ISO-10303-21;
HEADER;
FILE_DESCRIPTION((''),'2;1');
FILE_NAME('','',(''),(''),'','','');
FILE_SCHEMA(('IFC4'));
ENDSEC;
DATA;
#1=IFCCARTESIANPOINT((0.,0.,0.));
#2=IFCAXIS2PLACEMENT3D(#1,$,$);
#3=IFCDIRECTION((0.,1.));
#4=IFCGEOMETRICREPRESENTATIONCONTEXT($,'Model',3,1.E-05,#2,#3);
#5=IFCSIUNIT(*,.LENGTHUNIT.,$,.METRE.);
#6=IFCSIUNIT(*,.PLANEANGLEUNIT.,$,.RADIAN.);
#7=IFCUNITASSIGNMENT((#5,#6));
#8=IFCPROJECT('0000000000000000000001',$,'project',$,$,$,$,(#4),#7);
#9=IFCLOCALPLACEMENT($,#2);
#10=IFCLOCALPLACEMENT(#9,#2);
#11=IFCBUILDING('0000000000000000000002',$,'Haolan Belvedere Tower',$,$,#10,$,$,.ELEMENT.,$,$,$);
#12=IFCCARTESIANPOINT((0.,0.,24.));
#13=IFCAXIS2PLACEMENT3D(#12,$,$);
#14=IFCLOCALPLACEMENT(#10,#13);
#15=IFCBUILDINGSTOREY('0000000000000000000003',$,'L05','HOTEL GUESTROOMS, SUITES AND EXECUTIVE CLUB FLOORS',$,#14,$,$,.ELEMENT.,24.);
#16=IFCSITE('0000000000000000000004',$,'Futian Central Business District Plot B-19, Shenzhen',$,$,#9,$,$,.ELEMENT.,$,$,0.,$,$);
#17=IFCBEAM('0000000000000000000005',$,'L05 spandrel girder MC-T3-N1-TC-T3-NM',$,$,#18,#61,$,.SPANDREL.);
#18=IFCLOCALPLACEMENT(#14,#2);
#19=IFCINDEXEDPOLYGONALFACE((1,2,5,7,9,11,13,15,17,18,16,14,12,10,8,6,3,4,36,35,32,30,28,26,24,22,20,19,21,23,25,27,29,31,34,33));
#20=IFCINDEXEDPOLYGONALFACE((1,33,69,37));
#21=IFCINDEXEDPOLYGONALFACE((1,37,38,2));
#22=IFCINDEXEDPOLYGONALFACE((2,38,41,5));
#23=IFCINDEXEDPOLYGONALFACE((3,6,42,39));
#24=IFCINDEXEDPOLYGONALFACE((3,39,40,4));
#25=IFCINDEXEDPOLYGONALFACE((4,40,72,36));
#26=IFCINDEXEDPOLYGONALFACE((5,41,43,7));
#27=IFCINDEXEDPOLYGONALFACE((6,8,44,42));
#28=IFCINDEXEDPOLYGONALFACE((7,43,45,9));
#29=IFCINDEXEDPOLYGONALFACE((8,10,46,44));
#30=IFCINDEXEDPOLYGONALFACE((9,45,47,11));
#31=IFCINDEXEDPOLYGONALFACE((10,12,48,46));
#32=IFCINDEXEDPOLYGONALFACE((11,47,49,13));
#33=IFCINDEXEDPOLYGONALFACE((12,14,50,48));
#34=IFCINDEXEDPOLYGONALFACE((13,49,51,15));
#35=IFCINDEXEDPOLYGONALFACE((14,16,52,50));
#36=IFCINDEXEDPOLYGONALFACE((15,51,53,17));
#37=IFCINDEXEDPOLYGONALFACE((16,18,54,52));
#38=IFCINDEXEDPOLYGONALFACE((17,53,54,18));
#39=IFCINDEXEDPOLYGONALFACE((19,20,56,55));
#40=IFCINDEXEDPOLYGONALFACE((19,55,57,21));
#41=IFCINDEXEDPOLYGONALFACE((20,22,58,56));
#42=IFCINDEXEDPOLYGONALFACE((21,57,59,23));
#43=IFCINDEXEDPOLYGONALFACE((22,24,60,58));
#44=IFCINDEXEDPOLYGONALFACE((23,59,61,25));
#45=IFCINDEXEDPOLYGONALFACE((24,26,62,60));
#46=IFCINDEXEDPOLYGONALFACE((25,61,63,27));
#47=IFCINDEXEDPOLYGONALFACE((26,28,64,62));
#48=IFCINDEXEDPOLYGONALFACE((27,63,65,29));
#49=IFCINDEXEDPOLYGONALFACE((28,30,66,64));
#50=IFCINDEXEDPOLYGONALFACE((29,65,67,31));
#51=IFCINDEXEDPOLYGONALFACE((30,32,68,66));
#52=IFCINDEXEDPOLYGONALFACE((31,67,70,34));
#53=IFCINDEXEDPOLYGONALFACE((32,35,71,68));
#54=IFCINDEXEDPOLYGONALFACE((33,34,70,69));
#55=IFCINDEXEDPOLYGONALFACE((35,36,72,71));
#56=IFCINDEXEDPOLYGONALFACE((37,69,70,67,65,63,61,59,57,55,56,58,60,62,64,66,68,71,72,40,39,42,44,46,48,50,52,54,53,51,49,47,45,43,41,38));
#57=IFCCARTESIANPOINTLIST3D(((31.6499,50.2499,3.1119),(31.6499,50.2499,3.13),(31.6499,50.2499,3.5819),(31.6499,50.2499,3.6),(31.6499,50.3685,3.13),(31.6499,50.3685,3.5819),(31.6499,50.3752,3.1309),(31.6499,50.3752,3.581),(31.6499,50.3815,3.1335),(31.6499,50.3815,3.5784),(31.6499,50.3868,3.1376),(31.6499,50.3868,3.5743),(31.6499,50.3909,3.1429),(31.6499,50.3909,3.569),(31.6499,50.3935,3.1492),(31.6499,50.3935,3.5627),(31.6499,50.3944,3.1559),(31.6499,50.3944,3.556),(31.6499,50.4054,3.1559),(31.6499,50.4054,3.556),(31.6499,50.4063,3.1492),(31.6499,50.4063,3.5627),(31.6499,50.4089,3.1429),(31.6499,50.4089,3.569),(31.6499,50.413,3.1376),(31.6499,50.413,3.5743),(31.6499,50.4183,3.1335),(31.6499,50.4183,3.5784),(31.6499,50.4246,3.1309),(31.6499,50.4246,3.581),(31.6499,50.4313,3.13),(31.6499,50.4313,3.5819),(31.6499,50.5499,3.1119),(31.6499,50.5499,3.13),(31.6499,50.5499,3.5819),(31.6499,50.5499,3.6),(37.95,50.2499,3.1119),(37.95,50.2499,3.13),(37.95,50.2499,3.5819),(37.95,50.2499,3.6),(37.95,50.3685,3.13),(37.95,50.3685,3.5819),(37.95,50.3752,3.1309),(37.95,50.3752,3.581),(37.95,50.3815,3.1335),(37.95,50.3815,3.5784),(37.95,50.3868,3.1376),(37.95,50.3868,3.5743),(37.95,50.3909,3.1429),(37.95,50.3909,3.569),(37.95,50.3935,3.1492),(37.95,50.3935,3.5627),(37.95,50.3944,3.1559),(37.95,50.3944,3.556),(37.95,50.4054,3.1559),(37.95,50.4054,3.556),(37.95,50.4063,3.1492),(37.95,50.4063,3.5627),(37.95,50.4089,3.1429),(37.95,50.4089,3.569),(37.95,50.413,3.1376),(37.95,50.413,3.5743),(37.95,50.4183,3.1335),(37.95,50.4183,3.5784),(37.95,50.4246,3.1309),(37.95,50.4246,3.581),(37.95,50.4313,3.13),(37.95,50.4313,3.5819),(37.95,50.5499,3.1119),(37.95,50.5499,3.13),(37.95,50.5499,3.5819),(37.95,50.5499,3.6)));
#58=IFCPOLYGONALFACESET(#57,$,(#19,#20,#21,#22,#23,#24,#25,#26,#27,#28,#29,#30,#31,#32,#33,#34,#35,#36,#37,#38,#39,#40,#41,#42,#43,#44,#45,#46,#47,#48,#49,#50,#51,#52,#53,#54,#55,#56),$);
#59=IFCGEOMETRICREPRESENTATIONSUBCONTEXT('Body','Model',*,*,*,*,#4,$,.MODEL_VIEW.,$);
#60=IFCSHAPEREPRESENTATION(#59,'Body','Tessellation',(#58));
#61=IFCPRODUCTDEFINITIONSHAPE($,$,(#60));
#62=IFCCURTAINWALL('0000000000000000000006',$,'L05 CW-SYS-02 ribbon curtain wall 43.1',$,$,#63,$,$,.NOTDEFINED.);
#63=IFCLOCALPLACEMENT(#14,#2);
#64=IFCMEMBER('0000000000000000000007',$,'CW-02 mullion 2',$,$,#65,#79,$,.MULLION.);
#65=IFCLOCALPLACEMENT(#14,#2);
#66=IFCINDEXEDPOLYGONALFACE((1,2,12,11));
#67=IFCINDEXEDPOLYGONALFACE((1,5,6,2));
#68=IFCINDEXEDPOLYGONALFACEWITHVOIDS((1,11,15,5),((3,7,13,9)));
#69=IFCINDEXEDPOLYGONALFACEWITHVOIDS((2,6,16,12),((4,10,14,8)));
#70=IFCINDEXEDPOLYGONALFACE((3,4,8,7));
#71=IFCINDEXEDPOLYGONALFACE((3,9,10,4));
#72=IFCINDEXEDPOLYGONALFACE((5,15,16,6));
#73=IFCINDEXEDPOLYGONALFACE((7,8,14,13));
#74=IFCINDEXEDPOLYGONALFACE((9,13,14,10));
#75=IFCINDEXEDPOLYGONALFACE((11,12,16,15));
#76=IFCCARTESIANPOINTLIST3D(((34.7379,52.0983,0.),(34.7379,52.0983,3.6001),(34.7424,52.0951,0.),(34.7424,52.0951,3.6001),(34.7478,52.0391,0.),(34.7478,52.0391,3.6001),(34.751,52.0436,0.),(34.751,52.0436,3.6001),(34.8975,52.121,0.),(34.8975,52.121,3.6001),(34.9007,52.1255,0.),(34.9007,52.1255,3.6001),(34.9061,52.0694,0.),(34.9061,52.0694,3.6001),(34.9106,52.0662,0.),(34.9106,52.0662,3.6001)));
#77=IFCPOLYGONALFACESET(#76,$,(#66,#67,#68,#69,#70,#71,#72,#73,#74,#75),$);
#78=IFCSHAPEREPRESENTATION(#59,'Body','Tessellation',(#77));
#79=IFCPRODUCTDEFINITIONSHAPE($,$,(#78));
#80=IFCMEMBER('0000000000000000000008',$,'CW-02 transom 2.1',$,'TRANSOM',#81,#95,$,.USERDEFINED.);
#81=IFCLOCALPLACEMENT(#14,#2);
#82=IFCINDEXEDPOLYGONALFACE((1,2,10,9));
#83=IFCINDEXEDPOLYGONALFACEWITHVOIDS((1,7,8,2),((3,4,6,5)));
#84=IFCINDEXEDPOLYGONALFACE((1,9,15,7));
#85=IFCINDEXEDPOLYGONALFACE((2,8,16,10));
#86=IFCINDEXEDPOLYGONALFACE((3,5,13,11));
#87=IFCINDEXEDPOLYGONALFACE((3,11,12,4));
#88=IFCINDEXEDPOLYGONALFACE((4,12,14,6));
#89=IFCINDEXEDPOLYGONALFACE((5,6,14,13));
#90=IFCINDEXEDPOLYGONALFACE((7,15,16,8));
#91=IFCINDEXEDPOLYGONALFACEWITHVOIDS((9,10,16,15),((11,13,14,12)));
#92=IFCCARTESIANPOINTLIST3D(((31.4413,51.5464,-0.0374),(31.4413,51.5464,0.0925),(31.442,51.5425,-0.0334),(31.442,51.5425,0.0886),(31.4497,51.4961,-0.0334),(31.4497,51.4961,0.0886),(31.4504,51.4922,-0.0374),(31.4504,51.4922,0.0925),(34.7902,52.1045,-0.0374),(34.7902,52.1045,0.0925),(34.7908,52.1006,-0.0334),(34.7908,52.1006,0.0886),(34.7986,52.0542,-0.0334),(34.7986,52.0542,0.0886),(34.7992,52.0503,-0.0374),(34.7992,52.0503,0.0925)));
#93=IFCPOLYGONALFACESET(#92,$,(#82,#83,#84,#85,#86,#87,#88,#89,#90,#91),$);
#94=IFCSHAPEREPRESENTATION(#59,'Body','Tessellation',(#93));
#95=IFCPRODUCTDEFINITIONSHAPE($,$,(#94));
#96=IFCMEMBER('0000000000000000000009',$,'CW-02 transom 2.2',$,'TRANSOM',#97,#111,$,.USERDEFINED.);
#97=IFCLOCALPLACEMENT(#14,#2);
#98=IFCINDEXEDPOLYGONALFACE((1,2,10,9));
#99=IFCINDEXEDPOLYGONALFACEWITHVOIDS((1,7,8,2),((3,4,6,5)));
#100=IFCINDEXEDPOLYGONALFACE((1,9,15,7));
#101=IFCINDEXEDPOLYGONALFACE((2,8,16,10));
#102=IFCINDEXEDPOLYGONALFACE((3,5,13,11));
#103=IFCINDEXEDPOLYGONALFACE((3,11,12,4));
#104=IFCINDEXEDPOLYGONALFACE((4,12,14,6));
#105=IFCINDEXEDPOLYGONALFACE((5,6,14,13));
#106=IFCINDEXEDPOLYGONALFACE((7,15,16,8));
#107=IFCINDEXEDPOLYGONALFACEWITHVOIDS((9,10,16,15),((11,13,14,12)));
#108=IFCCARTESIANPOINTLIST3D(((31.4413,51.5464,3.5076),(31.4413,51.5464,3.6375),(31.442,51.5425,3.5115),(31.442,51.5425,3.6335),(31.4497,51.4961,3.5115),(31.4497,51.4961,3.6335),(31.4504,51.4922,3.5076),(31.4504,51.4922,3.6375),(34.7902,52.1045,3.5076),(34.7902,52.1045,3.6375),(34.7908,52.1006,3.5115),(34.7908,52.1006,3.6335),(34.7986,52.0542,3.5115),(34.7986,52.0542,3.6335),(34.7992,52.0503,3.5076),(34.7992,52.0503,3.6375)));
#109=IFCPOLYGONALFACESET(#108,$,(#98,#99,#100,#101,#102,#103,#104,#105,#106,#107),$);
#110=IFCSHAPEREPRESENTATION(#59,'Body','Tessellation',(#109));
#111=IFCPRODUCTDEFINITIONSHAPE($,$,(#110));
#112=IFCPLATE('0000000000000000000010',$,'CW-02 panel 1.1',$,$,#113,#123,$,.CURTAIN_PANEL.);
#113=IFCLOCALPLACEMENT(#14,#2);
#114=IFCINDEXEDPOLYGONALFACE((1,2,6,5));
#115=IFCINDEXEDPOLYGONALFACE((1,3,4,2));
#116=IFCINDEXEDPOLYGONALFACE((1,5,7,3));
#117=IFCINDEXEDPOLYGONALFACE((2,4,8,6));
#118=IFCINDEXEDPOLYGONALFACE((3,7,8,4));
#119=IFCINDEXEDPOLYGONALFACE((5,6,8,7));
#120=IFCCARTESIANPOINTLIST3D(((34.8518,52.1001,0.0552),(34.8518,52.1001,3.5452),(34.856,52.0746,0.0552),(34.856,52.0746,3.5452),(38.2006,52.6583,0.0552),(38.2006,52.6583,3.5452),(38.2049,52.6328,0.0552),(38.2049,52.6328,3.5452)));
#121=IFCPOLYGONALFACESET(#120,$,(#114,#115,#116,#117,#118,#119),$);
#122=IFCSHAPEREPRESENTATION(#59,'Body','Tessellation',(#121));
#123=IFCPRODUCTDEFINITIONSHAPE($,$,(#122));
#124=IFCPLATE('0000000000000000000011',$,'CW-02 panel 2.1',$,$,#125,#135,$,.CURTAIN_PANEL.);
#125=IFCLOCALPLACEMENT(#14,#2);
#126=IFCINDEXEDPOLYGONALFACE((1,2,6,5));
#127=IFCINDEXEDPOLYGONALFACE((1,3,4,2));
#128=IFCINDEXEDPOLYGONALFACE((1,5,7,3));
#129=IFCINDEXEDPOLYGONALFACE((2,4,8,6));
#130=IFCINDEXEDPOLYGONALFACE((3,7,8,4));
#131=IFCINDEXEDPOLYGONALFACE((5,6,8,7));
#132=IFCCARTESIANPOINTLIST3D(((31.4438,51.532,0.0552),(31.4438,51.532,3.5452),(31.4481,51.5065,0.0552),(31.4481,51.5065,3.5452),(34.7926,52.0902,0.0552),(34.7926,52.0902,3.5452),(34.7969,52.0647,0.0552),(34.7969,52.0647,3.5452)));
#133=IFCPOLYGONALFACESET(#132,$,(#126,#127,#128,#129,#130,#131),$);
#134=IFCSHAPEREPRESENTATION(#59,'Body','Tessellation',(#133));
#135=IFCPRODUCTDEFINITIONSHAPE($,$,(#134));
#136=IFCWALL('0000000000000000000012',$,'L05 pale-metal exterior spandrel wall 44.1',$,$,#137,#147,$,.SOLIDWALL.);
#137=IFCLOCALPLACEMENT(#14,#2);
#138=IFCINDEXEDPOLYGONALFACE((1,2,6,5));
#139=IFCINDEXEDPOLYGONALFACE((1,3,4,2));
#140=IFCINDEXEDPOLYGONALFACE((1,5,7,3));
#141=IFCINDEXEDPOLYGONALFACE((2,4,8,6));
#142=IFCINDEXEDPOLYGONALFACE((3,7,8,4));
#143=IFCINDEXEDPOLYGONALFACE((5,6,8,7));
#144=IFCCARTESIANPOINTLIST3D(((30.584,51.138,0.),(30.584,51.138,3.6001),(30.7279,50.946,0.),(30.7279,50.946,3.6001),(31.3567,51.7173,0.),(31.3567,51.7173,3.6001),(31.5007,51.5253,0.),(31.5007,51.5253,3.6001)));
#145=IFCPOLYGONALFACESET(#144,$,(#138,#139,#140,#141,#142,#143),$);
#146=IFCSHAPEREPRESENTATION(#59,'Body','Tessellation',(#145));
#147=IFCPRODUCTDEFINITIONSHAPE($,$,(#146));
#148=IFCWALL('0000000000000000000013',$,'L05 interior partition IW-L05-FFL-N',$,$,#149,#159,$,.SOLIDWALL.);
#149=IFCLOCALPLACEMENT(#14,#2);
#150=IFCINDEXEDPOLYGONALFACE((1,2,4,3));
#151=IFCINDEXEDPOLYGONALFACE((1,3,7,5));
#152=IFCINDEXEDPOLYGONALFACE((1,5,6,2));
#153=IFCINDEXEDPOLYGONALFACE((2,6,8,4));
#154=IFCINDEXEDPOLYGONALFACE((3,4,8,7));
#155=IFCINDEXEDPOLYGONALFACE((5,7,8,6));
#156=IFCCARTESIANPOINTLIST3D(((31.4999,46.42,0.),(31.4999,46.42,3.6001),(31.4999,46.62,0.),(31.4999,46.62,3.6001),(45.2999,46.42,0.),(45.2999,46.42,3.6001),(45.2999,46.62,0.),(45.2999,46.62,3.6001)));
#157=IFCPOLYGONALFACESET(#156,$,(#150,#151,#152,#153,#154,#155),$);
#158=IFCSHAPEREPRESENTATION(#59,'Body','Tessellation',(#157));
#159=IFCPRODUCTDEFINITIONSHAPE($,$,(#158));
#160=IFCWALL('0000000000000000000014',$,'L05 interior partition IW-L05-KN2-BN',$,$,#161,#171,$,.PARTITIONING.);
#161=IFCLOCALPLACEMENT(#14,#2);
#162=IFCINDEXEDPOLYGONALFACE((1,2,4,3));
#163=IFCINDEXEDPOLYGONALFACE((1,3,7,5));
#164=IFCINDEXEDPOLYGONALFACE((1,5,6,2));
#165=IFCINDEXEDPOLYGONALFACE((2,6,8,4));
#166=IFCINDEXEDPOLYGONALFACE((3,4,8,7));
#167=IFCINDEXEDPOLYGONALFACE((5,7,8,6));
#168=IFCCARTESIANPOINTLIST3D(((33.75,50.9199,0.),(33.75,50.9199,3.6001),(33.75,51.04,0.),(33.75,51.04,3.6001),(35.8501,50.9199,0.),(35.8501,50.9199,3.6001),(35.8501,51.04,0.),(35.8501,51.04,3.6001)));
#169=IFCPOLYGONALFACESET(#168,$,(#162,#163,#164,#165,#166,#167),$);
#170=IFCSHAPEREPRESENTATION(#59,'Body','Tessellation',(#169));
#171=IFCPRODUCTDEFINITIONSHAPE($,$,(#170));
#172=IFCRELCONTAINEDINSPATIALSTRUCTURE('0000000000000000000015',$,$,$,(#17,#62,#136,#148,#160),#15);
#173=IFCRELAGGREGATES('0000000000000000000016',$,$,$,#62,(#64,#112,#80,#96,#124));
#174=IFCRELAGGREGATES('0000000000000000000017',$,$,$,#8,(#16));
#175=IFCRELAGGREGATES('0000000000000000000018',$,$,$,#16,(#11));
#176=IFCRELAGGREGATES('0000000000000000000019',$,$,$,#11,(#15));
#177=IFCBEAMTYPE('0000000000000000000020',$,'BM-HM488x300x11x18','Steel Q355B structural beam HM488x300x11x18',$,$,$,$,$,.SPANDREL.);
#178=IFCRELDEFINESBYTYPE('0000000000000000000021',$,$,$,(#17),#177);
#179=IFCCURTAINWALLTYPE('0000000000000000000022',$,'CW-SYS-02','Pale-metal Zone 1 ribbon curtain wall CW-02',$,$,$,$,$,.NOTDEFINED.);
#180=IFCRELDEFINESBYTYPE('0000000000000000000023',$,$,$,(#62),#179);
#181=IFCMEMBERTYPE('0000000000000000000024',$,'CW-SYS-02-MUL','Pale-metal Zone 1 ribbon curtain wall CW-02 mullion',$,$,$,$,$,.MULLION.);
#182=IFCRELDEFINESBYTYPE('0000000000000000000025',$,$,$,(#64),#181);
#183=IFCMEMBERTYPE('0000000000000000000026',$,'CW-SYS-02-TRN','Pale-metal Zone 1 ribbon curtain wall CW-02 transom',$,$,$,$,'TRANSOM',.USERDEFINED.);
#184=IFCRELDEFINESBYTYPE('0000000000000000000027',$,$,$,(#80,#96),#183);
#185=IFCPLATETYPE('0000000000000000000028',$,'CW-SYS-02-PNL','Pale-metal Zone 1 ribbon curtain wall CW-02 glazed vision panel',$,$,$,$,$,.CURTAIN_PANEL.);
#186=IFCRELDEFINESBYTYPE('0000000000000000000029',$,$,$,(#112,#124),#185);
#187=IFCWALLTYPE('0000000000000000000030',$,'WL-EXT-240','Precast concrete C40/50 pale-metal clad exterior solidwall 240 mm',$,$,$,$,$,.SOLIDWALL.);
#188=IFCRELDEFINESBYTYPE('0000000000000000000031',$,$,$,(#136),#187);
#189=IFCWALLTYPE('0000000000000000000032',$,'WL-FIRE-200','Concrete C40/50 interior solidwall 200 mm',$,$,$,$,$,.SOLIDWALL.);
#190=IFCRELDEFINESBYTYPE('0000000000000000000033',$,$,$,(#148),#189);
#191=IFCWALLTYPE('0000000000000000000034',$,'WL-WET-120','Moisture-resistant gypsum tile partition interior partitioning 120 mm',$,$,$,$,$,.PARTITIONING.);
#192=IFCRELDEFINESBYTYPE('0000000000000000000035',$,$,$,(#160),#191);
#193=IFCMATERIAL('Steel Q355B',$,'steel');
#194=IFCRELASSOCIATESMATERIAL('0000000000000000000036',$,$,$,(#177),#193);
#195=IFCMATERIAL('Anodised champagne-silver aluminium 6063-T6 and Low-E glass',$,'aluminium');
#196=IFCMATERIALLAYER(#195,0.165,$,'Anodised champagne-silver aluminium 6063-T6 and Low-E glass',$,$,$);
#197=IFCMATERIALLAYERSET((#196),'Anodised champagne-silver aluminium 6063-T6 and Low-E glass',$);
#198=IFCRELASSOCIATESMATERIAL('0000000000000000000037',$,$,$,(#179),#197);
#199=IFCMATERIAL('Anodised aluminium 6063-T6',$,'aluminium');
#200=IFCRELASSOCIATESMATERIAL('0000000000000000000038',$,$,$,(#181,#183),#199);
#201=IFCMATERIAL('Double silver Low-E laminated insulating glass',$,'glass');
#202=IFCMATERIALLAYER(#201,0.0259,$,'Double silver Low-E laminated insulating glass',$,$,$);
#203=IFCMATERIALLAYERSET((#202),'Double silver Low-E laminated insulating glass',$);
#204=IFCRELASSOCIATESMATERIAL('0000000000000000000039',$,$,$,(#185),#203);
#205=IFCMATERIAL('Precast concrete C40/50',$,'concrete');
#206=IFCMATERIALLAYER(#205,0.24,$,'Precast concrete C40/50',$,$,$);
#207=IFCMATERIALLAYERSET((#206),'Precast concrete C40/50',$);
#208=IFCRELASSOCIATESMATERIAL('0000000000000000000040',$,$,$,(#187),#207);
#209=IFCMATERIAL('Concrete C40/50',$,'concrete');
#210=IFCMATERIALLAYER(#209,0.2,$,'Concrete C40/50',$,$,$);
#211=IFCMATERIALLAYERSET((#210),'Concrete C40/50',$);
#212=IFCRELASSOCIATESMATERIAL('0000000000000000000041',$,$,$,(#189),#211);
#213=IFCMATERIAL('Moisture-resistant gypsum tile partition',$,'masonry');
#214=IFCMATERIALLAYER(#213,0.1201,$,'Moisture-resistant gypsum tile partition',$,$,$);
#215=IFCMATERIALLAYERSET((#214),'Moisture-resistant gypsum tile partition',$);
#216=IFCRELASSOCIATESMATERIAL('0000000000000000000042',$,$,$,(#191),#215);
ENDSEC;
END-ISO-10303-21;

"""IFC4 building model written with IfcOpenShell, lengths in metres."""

from ifc_helpers import new_model, si_unit, direction, frame, frame_2d, origin, origin_2d, place, context, subcontext, project, spatial, rectangle, hollow_rectangle, i_section, extrude, material, layer, layer_set, material_profile, profile_set, type_object, element, aggregate, save


model = new_model("IFC4")

# Units and contexts
model_context = context("Model", 3, precision=1e-05, world=origin(), true_north=direction((0.0, 1.0)))
body_context = subcontext(model_context, "Body", "Model", "MODEL_VIEW")
ifc_project = project(units=[si_unit("LENGTHUNIT", "METRE"), si_unit("PLANEANGLEUNIT", "RADIAN")], contexts=[model_context])

# Site, building, storey
site_placement = place(None, origin())
site = spatial("IfcSite", under=ifc_project, at=site_placement, Name="Futian Central Business District Plot B-19, Shenzhen", CompositionType="ELEMENT", RefElevation=0.0)
building_placement = place(site_placement, origin())
building = spatial("IfcBuilding", under=site, at=building_placement, Name="Haolan Belvedere Tower", CompositionType="ELEMENT")
storey_placement = place(building_placement, frame((0.0, 0.0, 24.0)))
storey = spatial("IfcBuildingStorey", under=building, at=storey_placement, Name="L05", Description="HOTEL GUESTROOMS, SUITES AND EXECUTIVE CLUB FLOORS", CompositionType="ELEMENT", Elevation=24.0)

# Beam
ifc_material_1 = material(Name="Steel Q355B", Category="steel")
ifc_material_profile_1 = material_profile(ifc_material_1, i_section(OverallWidth=0.3, OverallDepth=0.488, WebThickness=0.011, FlangeThickness=0.0181, FilletRadius=0.0259, at=origin_2d()), Name="Steel Q355B")
ifc_profile_set_1 = profile_set([ifc_material_profile_1], Name="Steel Q355B")
beam_type = type_object("IfcBeamType", Name="BM-HM488x300x11x18", Description="Steel Q355B structural beam HM488x300x11x18", PredefinedType="SPANDREL", material=ifc_profile_set_1)
beam_placement = place(storey_placement, frame((31.6499, 50.3999, 3.356), z_axis=(1.0, 0.0, 0.0), x_axis=(0.0, 1.0, 0.0)))
element("IfcBeam", 1, at=beam_placement, inside=storey, type_object=beam_type, Name="L05 spandrel girder MC-T3-N1-TC-T3-NM", PredefinedType="SPANDREL", context=body_context, shape_type="SweptSolid", body=[
    extrude(i_section(OverallWidth=0.3, OverallDepth=0.488, WebThickness=0.011, FlangeThickness=0.0181, FilletRadius=0.0259, at=origin_2d()), origin(), (0.0, 0.0, 1.0), 6.3),
])

# Curtain wall, members, plates
ifc_material_2 = material(Name="Anodised champagne-silver aluminium 6063-T6 and Low-E glass", Category="aluminium")
ifc_layer_1 = layer(ifc_material_2, 0.165, Name="Anodised champagne-silver aluminium 6063-T6 and Low-E glass")
ifc_layer_set_1 = layer_set([ifc_layer_1], Name="Anodised champagne-silver aluminium 6063-T6 and Low-E glass")
curtain_wall_type = type_object("IfcCurtainWallType", Name="CW-SYS-02", Description="Pale-metal Zone 1 ribbon curtain wall CW-02", PredefinedType="NOTDEFINED", material=ifc_layer_set_1)
curtain_wall_placement = place(storey_placement, origin())
curtain_wall = element("IfcCurtainWall", 2, at=curtain_wall_placement, inside=storey, type_object=curtain_wall_type, Name="L05 CW-SYS-02 ribbon curtain wall 43.1", PredefinedType="NOTDEFINED")
ifc_material_3 = material(Name="Anodised aluminium 6063-T6", Category="aluminium")
ifc_material_profile_2 = material_profile(ifc_material_3, hollow_rectangle(XDim=0.0601, YDim=0.165, WallThickness=0.0039, at=origin_2d()), Name="Anodised aluminium 6063-T6")
ifc_profile_set_2 = profile_set([ifc_material_profile_2], Name="Anodised aluminium 6063-T6")
member_type_1 = type_object("IfcMemberType", Name="CW-SYS-02-MUL", Description="Pale-metal Zone 1 ribbon curtain wall CW-02 mullion", PredefinedType="MULLION", material=ifc_profile_set_2)
member_1_placement = place(storey_placement, frame((34.8242, 52.0823, 0.0), z_axis=(0.0, 0.0, 1.0), x_axis=(0.164404, -0.986393, 0.0)))
member_1 = element("IfcMember", 3, at=member_1_placement, type_object=member_type_1, Name="CW-02 mullion 2", PredefinedType="MULLION", context=body_context, shape_type="SweptSolid", body=[
    extrude(hollow_rectangle(XDim=0.0601, YDim=0.165, WallThickness=0.0039, at=origin_2d()), origin(), (0.0, 0.0, 1.0), 3.6001),
])
ifc_material_profile_3 = material_profile(ifc_material_3, hollow_rectangle(XDim=0.0549, YDim=0.1299, WallThickness=0.0039, at=origin_2d()), Name="Anodised aluminium 6063-T6")
ifc_profile_set_3 = profile_set([ifc_material_profile_3], Name="Anodised aluminium 6063-T6")
member_type_2 = type_object("IfcMemberType", Name="CW-SYS-02-TRN", Description="Pale-metal Zone 1 ribbon curtain wall CW-02 transom", ElementType="TRANSOM", PredefinedType="USERDEFINED", material=ifc_profile_set_3)
member_2_placement = place(storey_placement, frame((34.7947, 52.0774, 0.0276), z_axis=(-0.986396, -0.164387, 0.0), x_axis=(0.164387, -0.986396, 0.0)))
member_2 = element("IfcMember", 4, at=member_2_placement, type_object=member_type_2, Name="CW-02 transom 2.1", ObjectType="TRANSOM", PredefinedType="USERDEFINED", context=body_context, shape_type="SweptSolid", body=[
    extrude(hollow_rectangle(XDim=0.0549, YDim=0.1299, WallThickness=0.0039, at=origin_2d()), origin(), (0.0, 0.0, 1.0), 3.395),
])
member_3_placement = place(storey_placement, frame((34.7947, 52.0774, 3.5725), z_axis=(-0.986396, -0.164387, 0.0), x_axis=(0.164387, -0.986396, 0.0)))
member_3 = element("IfcMember", 5, at=member_3_placement, type_object=member_type_2, Name="CW-02 transom 2.2", ObjectType="TRANSOM", PredefinedType="USERDEFINED", context=body_context, shape_type="SweptSolid", body=[
    extrude(hollow_rectangle(XDim=0.0549, YDim=0.1299, WallThickness=0.0039, at=origin_2d()), origin(), (0.0, 0.0, 1.0), 3.395),
])
ifc_material_4 = material(Name="Double silver Low-E laminated insulating glass", Category="glass")
ifc_layer_2 = layer(ifc_material_4, 0.0259, Name="Double silver Low-E laminated insulating glass")
ifc_layer_set_2 = layer_set([ifc_layer_2], Name="Double silver Low-E laminated insulating glass")
plate_type = type_object("IfcPlateType", Name="CW-SYS-02-PNL", Description="Pale-metal Zone 1 ribbon curtain wall CW-02 glazed vision panel", PredefinedType="CURTAIN_PANEL", material=ifc_layer_set_2)
plate_1_placement = place(storey_placement, frame((36.5283, 52.3665, 0.0552), z_axis=(0.0, 0.0, 1.0), x_axis=(-0.986393, -0.164404, 0.0)))
plate_1 = element("IfcPlate", 6, at=plate_1_placement, type_object=plate_type, Name="CW-02 panel 1.1", PredefinedType="CURTAIN_PANEL", context=body_context, shape_type="SweptSolid", body=[
    extrude(rectangle(XDim=3.395, YDim=0.0259, at=origin_2d()), origin(), (0.0, 0.0, 1.0), 3.49),
])
plate_2_placement = place(storey_placement, frame((33.1204, 51.7983, 0.0552), z_axis=(0.0, 0.0, 1.0), x_axis=(-0.986393, -0.164404, 0.0)))
plate_2 = element("IfcPlate", 7, at=plate_2_placement, type_object=plate_type, Name="CW-02 panel 2.1", PredefinedType="CURTAIN_PANEL", context=body_context, shape_type="SweptSolid", body=[
    extrude(rectangle(XDim=3.395, YDim=0.0259, at=origin_2d()), origin(), (0.0, 0.0, 1.0), 3.49),
])
aggregate(curtain_wall, [member_1, plate_1, member_2, member_3, plate_2])

# Walls
ifc_material_5 = material(Name="Precast concrete C40/50", Category="concrete")
ifc_layer_3 = layer(ifc_material_5, 0.24, Name="Precast concrete C40/50")
ifc_layer_set_3 = layer_set([ifc_layer_3], Name="Precast concrete C40/50")
wall_type_1 = type_object("IfcWallType", Name="WL-EXT-240", Description="Precast concrete C40/50 pale-metal clad exterior solidwall 240 mm", PredefinedType="SOLIDWALL", material=ifc_layer_set_3)
wall_1_placement = place(storey_placement, frame((31.4287, 51.6213, 0.0), z_axis=(0.0, 0.0, 1.0), x_axis=(-0.800091, -0.599879, 0.0)))
element("IfcWall", 8, at=wall_1_placement, inside=storey, type_object=wall_type_1, Name="L05 pale-metal exterior spandrel wall 44.1", PredefinedType="SOLIDWALL", context=body_context, shape_type="SweptSolid", body=[
    extrude(rectangle(XDim=0.9658, YDim=0.24, at=frame_2d((0.4829, 0.0))), origin(), (0.0, 0.0, 1.0), 3.6001),
])
ifc_material_6 = material(Name="Concrete C40/50", Category="concrete")
ifc_layer_4 = layer(ifc_material_6, 0.2, Name="Concrete C40/50")
ifc_layer_set_4 = layer_set([ifc_layer_4], Name="Concrete C40/50")
wall_type_2 = type_object("IfcWallType", Name="WL-FIRE-200", Description="Concrete C40/50 interior solidwall 200 mm", PredefinedType="SOLIDWALL", material=ifc_layer_set_4)
wall_2_placement = place(storey_placement, frame((31.5, 46.52, 0.0), z_axis=(0.0, 0.0, 1.0), x_axis=(1.0, 0.0, 0.0)))
element("IfcWall", 9, at=wall_2_placement, inside=storey, type_object=wall_type_2, Name="L05 interior partition IW-L05-FFL-N", PredefinedType="SOLIDWALL", context=body_context, shape_type="SweptSolid", body=[
    extrude(rectangle(XDim=13.8, YDim=0.2, at=frame_2d((6.8999, 0.0))), origin(), (0.0, 0.0, 1.0), 3.6001),
])

# Wall
ifc_material_7 = material(Name="Moisture-resistant gypsum tile partition", Category="masonry")
ifc_layer_5 = layer(ifc_material_7, 0.1201, Name="Moisture-resistant gypsum tile partition")
ifc_layer_set_5 = layer_set([ifc_layer_5], Name="Moisture-resistant gypsum tile partition")
wall_type_3 = type_object("IfcWallType", Name="WL-WET-120", Description="Moisture-resistant gypsum tile partition interior partitioning 120 mm", PredefinedType="PARTITIONING", material=ifc_layer_set_5)
wall_3_placement = place(storey_placement, frame((33.75, 50.98, 0.0), z_axis=(0.0, 0.0, 1.0), x_axis=(1.0, 0.0, 0.0)))
element("IfcWall", 10, at=wall_3_placement, inside=storey, type_object=wall_type_3, Name="L05 interior partition IW-L05-KN2-BN", PredefinedType="PARTITIONING", context=body_context, shape_type="SweptSolid", body=[
    extrude(rectangle(XDim=2.1001, YDim=0.1201, at=frame_2d((1.05, 0.0))), origin(), (0.0, 0.0, 1.0), 3.6001),
])

save(model, "model.ifc")
